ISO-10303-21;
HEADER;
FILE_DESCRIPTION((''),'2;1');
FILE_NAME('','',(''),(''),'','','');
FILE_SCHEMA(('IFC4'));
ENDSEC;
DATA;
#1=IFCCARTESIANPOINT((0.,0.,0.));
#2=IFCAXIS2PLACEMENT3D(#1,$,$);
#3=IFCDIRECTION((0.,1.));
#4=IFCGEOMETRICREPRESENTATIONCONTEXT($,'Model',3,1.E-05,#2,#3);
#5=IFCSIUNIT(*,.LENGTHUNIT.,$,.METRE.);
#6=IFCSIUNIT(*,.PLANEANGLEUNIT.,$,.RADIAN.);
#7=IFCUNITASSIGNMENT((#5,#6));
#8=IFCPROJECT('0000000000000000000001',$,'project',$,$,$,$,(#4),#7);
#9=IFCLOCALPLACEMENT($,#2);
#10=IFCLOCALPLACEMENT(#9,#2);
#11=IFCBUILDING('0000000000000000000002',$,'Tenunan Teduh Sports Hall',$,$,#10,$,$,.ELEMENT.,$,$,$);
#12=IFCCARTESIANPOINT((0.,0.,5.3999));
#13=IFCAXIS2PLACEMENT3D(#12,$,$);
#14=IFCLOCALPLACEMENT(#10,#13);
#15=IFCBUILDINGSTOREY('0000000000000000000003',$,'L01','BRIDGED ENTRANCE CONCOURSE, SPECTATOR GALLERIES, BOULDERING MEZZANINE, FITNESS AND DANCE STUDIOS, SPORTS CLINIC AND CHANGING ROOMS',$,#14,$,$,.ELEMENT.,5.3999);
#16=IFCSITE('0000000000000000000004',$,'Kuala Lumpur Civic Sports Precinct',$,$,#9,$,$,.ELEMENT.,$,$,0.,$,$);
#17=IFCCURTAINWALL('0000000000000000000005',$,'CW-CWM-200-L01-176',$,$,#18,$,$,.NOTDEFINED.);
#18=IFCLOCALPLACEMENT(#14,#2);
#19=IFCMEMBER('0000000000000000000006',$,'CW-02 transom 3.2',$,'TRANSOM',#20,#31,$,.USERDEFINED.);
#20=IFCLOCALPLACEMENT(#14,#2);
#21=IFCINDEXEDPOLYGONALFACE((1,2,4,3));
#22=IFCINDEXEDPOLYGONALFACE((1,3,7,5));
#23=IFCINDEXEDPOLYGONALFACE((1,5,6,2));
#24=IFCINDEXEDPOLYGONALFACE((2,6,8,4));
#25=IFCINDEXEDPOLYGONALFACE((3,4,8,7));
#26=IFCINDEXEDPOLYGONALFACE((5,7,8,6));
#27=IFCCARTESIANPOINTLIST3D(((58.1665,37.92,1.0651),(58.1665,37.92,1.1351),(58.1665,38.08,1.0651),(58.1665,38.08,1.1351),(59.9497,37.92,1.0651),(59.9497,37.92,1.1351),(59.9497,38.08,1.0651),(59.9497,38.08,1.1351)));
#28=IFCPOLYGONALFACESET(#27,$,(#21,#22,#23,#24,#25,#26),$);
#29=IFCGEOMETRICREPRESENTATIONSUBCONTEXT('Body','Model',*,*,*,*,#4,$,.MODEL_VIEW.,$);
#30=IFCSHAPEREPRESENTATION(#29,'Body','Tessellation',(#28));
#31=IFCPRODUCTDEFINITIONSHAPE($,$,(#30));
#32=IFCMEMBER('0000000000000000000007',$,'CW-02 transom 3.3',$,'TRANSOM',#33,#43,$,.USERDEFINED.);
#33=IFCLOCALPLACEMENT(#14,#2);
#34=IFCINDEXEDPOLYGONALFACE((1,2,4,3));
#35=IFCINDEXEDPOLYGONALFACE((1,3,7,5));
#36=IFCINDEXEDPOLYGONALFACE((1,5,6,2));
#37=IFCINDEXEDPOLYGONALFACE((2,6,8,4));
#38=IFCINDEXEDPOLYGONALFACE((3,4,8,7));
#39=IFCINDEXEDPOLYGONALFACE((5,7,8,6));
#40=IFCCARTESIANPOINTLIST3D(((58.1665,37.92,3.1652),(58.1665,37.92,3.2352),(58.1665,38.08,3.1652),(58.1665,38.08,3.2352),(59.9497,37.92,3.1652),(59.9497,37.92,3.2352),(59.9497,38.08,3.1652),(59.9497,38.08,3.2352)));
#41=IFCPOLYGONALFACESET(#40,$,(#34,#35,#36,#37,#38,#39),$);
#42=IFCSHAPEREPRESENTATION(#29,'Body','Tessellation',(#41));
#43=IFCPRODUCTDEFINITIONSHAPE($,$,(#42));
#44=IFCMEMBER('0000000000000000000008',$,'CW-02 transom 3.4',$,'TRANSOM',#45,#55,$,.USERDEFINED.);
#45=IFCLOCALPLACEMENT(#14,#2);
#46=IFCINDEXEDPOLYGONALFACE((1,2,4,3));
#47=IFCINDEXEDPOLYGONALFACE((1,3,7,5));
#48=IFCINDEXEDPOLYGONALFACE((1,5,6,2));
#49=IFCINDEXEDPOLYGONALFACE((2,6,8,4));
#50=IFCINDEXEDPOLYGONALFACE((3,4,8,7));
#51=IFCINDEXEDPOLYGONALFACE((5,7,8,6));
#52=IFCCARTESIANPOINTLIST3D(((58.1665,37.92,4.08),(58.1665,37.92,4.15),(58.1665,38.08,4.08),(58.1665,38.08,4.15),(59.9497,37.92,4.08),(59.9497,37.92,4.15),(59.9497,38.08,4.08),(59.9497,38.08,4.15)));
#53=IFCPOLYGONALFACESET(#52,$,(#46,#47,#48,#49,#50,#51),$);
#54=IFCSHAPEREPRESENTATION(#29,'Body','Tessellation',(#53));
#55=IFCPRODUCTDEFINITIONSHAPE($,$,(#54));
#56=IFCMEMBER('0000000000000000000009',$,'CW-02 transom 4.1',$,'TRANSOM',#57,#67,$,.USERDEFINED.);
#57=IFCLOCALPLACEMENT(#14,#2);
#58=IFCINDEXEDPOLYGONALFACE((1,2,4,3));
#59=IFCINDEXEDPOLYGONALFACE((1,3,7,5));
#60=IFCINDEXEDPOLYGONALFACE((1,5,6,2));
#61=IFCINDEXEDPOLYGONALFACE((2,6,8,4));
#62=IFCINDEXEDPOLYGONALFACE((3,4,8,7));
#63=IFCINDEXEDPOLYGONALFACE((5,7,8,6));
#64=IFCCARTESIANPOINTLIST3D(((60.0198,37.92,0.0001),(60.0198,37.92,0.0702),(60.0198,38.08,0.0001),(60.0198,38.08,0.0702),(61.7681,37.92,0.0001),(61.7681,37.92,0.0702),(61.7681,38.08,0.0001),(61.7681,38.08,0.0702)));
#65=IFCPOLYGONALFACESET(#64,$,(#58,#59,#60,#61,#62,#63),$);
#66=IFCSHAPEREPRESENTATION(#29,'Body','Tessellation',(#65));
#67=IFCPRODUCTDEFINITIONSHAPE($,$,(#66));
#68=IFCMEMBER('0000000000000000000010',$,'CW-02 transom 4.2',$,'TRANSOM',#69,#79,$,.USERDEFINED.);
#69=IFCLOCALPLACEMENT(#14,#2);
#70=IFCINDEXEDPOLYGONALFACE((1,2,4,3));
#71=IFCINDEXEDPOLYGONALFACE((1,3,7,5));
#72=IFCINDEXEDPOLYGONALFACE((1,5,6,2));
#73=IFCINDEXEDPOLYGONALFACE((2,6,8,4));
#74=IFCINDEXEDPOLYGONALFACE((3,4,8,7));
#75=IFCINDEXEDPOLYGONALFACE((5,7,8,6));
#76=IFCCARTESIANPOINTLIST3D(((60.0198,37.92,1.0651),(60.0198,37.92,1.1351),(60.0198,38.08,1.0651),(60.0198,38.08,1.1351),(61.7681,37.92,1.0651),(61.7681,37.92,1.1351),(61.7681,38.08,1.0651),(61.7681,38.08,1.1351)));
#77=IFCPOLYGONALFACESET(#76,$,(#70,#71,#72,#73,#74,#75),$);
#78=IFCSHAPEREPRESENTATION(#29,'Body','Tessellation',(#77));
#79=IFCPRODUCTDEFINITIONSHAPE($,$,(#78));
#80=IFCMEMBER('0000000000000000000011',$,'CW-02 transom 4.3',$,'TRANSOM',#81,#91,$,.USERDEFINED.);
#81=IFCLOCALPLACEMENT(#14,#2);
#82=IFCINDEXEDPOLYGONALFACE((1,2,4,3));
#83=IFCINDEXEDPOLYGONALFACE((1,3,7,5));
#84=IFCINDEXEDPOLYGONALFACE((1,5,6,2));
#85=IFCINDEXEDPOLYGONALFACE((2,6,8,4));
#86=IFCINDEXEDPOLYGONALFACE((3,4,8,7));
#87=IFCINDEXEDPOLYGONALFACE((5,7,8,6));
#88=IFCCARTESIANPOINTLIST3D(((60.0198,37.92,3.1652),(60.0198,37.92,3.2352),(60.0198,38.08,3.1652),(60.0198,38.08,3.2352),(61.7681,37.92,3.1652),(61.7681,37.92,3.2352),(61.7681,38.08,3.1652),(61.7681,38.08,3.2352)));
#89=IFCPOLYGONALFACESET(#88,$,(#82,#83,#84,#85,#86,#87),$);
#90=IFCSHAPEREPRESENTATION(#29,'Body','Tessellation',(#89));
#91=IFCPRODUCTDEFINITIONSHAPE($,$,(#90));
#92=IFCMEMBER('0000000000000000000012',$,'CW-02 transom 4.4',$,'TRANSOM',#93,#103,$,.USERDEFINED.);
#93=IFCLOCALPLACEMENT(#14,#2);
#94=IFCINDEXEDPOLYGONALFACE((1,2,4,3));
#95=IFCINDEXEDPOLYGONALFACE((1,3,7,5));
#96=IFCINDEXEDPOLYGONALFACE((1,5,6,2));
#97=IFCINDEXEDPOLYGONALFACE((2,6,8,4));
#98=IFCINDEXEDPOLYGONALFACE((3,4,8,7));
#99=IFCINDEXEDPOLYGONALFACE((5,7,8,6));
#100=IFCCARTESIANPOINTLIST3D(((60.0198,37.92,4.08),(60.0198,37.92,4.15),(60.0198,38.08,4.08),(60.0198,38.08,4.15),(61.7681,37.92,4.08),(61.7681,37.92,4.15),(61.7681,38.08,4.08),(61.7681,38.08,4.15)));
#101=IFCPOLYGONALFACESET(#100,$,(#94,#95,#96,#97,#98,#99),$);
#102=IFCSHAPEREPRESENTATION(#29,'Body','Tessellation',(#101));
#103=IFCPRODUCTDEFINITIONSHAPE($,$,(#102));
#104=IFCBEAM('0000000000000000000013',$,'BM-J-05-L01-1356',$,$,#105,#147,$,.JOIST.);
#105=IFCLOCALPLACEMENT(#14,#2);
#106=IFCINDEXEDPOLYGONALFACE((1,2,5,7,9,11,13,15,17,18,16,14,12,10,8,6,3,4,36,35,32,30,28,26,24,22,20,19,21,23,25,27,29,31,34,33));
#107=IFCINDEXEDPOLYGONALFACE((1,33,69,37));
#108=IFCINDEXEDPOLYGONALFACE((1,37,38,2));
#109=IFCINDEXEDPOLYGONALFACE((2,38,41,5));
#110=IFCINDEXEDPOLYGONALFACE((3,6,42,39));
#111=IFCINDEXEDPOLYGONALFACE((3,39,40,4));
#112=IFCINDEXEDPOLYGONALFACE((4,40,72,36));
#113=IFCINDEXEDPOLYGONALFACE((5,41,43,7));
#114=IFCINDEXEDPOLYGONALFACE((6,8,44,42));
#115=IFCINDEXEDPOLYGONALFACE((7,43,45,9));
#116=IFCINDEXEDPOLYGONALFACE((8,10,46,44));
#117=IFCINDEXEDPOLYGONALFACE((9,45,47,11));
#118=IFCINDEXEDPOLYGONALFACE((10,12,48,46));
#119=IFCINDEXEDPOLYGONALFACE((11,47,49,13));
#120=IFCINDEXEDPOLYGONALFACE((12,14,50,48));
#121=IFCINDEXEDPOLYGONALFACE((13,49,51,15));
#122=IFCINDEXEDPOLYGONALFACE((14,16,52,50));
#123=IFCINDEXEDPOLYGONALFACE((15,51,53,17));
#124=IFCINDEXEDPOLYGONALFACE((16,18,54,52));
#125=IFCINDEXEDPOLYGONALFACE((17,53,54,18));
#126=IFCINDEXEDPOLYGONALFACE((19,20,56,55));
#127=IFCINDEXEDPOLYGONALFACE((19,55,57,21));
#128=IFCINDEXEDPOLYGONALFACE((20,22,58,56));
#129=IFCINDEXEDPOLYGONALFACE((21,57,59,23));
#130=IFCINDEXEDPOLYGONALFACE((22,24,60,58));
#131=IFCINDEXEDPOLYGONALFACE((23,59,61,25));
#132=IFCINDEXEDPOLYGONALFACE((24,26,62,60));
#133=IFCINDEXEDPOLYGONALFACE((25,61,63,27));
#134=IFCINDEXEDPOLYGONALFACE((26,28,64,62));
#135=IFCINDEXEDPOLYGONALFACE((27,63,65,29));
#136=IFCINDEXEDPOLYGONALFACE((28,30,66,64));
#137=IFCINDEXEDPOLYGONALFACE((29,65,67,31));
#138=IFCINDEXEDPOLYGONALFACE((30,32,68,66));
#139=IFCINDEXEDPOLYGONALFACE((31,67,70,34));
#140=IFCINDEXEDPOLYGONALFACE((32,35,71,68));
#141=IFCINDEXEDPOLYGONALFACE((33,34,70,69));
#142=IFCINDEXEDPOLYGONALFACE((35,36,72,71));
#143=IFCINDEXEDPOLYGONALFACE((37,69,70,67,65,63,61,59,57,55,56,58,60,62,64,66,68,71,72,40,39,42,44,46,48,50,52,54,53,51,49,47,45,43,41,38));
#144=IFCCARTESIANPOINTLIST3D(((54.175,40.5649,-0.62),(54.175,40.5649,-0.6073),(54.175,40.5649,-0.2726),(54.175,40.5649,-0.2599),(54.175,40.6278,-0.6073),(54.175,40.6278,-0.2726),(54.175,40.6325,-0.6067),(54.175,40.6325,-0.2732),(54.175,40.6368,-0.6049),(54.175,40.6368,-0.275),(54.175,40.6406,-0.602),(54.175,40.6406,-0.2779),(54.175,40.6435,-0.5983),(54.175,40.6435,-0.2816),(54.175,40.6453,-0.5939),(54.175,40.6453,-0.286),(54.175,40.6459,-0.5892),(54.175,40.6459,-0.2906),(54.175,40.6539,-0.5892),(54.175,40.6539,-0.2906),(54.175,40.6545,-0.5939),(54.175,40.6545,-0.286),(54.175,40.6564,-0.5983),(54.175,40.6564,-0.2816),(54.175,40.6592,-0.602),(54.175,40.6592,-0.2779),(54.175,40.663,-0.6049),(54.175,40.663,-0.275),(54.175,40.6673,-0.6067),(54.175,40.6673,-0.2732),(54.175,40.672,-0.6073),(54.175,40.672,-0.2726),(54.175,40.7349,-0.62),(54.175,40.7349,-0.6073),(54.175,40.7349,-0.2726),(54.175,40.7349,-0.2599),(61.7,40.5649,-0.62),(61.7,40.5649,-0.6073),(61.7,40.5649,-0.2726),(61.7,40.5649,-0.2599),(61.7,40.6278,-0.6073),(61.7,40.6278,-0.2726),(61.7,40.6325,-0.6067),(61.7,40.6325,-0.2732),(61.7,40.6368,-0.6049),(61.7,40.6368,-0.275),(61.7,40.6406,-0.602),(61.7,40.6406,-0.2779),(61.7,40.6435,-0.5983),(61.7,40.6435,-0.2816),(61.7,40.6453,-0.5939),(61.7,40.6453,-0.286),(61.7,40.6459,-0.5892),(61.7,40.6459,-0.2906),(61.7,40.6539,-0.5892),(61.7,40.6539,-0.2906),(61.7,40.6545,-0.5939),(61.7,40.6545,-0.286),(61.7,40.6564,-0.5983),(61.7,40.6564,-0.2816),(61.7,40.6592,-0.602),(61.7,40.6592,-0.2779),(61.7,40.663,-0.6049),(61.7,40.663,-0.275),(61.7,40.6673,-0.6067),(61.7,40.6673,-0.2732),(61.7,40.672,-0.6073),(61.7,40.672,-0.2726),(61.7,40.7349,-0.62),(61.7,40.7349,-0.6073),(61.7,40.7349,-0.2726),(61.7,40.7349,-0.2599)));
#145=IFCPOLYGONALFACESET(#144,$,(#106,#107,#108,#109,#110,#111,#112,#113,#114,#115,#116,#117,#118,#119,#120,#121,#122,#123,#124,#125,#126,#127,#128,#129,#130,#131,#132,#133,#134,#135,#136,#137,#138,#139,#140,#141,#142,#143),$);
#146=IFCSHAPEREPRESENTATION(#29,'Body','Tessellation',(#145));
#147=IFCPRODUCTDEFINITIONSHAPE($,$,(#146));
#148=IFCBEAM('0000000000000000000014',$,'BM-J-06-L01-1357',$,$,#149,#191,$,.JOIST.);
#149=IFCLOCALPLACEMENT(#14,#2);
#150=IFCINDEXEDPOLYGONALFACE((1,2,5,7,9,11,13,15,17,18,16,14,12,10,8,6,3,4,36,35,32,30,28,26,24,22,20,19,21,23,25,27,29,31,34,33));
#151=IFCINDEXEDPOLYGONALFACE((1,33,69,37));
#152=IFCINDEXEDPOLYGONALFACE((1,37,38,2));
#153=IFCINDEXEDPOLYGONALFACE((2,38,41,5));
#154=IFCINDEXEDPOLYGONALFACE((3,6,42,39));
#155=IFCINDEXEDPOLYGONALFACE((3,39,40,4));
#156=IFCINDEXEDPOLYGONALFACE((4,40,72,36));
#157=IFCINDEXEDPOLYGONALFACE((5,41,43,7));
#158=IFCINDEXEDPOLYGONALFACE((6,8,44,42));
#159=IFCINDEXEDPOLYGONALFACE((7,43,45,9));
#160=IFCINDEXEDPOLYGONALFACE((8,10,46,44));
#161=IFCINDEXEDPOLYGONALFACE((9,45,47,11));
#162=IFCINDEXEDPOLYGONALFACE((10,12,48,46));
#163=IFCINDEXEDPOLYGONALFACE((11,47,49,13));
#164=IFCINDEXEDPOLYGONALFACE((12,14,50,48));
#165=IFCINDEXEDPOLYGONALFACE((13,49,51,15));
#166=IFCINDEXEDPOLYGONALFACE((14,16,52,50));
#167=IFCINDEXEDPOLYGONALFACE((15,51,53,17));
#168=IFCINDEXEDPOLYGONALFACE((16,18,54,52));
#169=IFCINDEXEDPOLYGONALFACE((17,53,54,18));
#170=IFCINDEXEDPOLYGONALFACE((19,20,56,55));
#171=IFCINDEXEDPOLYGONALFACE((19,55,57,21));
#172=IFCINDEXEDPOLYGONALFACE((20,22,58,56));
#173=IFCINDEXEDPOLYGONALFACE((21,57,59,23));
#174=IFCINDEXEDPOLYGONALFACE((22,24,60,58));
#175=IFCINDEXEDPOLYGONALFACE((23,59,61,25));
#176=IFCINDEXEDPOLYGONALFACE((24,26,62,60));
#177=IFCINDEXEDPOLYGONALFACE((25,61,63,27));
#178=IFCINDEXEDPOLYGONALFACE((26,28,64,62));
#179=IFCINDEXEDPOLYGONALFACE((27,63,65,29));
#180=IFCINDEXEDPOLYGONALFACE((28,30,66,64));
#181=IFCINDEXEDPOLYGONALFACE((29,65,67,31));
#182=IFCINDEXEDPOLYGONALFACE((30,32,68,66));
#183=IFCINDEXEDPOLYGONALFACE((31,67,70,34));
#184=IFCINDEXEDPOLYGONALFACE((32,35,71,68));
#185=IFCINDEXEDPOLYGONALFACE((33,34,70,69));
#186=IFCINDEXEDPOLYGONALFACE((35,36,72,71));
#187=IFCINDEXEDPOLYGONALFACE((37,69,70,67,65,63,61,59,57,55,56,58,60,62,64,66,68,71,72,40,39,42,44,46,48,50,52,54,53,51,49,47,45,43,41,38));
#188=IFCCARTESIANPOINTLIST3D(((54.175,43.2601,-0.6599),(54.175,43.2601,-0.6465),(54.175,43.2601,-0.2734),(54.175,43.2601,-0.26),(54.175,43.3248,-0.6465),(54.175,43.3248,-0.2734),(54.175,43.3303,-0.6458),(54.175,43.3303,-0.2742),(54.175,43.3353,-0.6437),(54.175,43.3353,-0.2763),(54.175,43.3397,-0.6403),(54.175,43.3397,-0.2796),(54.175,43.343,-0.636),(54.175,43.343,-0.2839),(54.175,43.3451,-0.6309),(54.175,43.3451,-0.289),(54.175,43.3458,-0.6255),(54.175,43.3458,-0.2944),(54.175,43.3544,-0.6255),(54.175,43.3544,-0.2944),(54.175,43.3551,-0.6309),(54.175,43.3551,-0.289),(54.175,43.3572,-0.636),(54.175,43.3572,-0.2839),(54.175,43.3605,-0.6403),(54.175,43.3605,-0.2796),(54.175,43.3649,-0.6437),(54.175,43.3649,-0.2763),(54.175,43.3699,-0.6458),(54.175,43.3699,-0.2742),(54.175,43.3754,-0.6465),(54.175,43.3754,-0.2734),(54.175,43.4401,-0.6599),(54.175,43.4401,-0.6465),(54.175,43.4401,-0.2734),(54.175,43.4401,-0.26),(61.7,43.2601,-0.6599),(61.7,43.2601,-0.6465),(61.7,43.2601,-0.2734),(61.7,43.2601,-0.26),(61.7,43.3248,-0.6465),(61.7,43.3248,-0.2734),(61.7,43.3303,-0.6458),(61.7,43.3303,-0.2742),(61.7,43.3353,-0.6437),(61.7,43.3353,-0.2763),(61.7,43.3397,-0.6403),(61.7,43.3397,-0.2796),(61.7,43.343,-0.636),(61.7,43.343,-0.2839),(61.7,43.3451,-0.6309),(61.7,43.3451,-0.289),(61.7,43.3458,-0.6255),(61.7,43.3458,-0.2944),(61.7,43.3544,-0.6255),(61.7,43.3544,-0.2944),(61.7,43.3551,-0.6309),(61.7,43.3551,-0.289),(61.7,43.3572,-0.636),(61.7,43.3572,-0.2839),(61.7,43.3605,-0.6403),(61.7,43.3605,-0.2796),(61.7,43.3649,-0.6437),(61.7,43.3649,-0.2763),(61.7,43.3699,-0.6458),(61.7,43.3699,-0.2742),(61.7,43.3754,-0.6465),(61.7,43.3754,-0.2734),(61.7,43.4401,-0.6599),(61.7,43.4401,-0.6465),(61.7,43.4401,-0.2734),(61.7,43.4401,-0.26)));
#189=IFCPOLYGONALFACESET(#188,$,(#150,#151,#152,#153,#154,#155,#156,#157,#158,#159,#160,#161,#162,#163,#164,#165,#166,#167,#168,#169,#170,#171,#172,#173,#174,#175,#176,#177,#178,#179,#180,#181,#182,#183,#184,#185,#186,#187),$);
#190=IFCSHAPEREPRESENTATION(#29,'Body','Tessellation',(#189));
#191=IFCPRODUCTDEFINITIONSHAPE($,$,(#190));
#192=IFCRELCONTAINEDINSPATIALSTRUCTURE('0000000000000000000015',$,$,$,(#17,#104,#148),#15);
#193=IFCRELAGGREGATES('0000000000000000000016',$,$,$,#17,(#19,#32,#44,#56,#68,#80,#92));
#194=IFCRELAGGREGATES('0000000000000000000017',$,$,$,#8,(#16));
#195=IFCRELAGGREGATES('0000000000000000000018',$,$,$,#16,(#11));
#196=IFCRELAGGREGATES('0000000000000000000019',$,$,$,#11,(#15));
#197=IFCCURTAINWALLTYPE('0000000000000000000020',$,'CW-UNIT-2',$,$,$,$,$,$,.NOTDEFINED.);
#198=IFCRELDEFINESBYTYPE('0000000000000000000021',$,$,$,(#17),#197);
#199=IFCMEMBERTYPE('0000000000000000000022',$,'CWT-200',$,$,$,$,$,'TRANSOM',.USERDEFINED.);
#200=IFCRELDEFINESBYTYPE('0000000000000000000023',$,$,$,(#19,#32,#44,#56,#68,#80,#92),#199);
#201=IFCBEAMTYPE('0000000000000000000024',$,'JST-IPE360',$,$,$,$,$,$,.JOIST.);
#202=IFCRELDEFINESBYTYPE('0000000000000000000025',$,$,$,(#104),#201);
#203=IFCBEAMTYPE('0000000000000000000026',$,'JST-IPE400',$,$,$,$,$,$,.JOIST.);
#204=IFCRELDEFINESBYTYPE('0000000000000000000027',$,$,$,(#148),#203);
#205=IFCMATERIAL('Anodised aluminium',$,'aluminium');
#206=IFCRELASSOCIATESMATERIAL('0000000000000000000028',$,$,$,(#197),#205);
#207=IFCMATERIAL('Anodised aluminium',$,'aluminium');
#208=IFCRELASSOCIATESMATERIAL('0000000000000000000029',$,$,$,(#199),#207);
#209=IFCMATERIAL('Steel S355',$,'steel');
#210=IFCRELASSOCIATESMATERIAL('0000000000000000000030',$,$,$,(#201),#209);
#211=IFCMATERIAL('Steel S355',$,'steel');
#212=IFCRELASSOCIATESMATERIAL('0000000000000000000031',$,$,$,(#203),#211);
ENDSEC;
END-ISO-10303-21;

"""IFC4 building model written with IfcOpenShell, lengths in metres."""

from ifc_helpers import new_model, si_unit, direction, frame, origin, origin_2d, place, context, subcontext, project, spatial, rectangle, i_section, extrude, material, material_profile, profile_set, type_object, element, aggregate, save


model = new_model("IFC4")

# Units and contexts
model_context = context("Model", 3, precision=1e-05, world=origin(), true_north=direction((0.0, 1.0)))
body_context = subcontext(model_context, "Body", "Model", "MODEL_VIEW")
ifc_project = project(units=[si_unit("LENGTHUNIT", "METRE"), si_unit("PLANEANGLEUNIT", "RADIAN")], contexts=[model_context])

# Site, building, storey
site_placement = place(None, origin())
site = spatial("IfcSite", under=ifc_project, at=site_placement, Name="Kuala Lumpur Civic Sports Precinct", CompositionType="ELEMENT", RefElevation=0.0)
building_placement = place(site_placement, origin())
building = spatial("IfcBuilding", under=site, at=building_placement, Name="Tenunan Teduh Sports Hall", CompositionType="ELEMENT")
storey_placement = place(building_placement, frame((0.0, 0.0, 5.3999)))
storey = spatial("IfcBuildingStorey", under=building, at=storey_placement, Name="L01", Description="BRIDGED ENTRANCE CONCOURSE, SPECTATOR GALLERIES, BOULDERING MEZZANINE, FITNESS AND DANCE STUDIOS, SPORTS CLINIC AND CHANGING ROOMS", CompositionType="ELEMENT", Elevation=5.3999)

# Curtain wall, members
ifc_material_1 = material(Name="Anodised aluminium", Category="aluminium")
curtain_wall_type = type_object("IfcCurtainWallType", Name="CW-UNIT-2", PredefinedType="NOTDEFINED", material=ifc_material_1)
curtain_wall_placement = place(storey_placement, origin())
curtain_wall = element("IfcCurtainWall", 1, at=curtain_wall_placement, inside=storey, type_object=curtain_wall_type, Name="CW-CWM-200-L01-176", PredefinedType="NOTDEFINED")
ifc_material_2 = material(Name="Anodised aluminium", Category="aluminium")
ifc_material_profile_1 = material_profile(ifc_material_2, rectangle(XDim=0.0701, YDim=0.1599, at=origin_2d()), Name="CWT 70x160")
ifc_profile_set_1 = profile_set([ifc_material_profile_1], Name="Anodised aluminium")
member_type_1 = type_object("IfcMemberType", Name="CWT-200", ElementType="TRANSOM", PredefinedType="USERDEFINED", material=ifc_profile_set_1)
member_1_placement = place(storey_placement, frame((58.1665, 38.0, 1.1001), z_axis=(1.0, 0.0, 0.0), x_axis=(0.0, 0.0, 1.0)))
member_1 = element("IfcMember", 2, at=member_1_placement, type_object=member_type_1, Name="CW-02 transom 3.2", ObjectType="TRANSOM", PredefinedType="USERDEFINED", context=body_context, shape_type="SweptSolid", body=[
    extrude(rectangle(XDim=0.0701, YDim=0.1599, at=origin_2d()), origin(), (0.0, 0.0, 1.0), 1.7832),
])
member_2_placement = place(storey_placement, frame((58.1665, 38.0, 3.2002), z_axis=(1.0, 0.0, 0.0), x_axis=(0.0, 0.0, 1.0)))
member_2 = element("IfcMember", 3, at=member_2_placement, type_object=member_type_1, Name="CW-02 transom 3.3", ObjectType="TRANSOM", PredefinedType="USERDEFINED", context=body_context, shape_type="SweptSolid", body=[
    extrude(rectangle(XDim=0.0701, YDim=0.1599, at=origin_2d()), origin(), (0.0, 0.0, 1.0), 1.7832),
])
member_3_placement = place(storey_placement, frame((58.1665, 38.0, 4.115), z_axis=(1.0, 0.0, 0.0), x_axis=(0.0, 0.0, 1.0)))
member_3 = element("IfcMember", 4, at=member_3_placement, type_object=member_type_1, Name="CW-02 transom 3.4", ObjectType="TRANSOM", PredefinedType="USERDEFINED", context=body_context, shape_type="SweptSolid", body=[
    extrude(rectangle(XDim=0.0701, YDim=0.1599, at=origin_2d()), origin(), (0.0, 0.0, 1.0), 1.7832),
])
member_4_placement = place(storey_placement, frame((60.0198, 38.0, 0.0352), z_axis=(1.0, 0.0, 0.0), x_axis=(0.0, 0.0, 1.0)))
member_4 = element("IfcMember", 5, at=member_4_placement, type_object=member_type_1, Name="CW-02 transom 4.1", ObjectType="TRANSOM", PredefinedType="USERDEFINED", context=body_context, shape_type="SweptSolid", body=[
    extrude(rectangle(XDim=0.0701, YDim=0.1599, at=origin_2d()), origin(), (0.0, 0.0, 1.0), 1.7483),
])
member_5_placement = place(storey_placement, frame((60.0198, 38.0, 1.1001), z_axis=(1.0, 0.0, 0.0), x_axis=(0.0, 0.0, 1.0)))
member_5 = element("IfcMember", 6, at=member_5_placement, type_object=member_type_1, Name="CW-02 transom 4.2", ObjectType="TRANSOM", PredefinedType="USERDEFINED", context=body_context, shape_type="SweptSolid", body=[
    extrude(rectangle(XDim=0.0701, YDim=0.1599, at=origin_2d()), origin(), (0.0, 0.0, 1.0), 1.7483),
])
member_6_placement = place(storey_placement, frame((60.0198, 38.0, 3.2002), z_axis=(1.0, 0.0, 0.0), x_axis=(0.0, 0.0, 1.0)))
member_6 = element("IfcMember", 7, at=member_6_placement, type_object=member_type_1, Name="CW-02 transom 4.3", ObjectType="TRANSOM", PredefinedType="USERDEFINED", context=body_context, shape_type="SweptSolid", body=[
    extrude(rectangle(XDim=0.0701, YDim=0.1599, at=origin_2d()), origin(), (0.0, 0.0, 1.0), 1.7483),
])
member_7_placement = place(storey_placement, frame((60.0198, 38.0, 4.115), z_axis=(1.0, 0.0, 0.0), x_axis=(0.0, 0.0, 1.0)))
member_7 = element("IfcMember", 8, at=member_7_placement, type_object=member_type_1, Name="CW-02 transom 4.4", ObjectType="TRANSOM", PredefinedType="USERDEFINED", context=body_context, shape_type="SweptSolid", body=[
    extrude(rectangle(XDim=0.0701, YDim=0.1599, at=origin_2d()), origin(), (0.0, 0.0, 1.0), 1.7483),
])

# Beams
ifc_material_3 = material(Name="Steel S355", Category="steel")
ifc_material_profile_2 = material_profile(ifc_material_3, i_section(OverallWidth=0.1699, OverallDepth=0.3601, WebThickness=0.0081, FlangeThickness=0.0127, FilletRadius=0.0181, at=origin_2d()), Name="IPE 360")
ifc_profile_set_2 = profile_set([ifc_material_profile_2], Name="Steel S355")
beam_type_1 = type_object("IfcBeamType", Name="JST-IPE360", PredefinedType="JOIST", material=ifc_profile_set_2)
beam_1_placement = place(storey_placement, frame((54.175, 40.6499, -0.4399), z_axis=(1.0, 0.0, 0.0), x_axis=(0.0, 1.0, 0.0)))
element("IfcBeam", 9, at=beam_1_placement, inside=storey, type_object=beam_type_1, Name="BM-J-05-L01-1356", PredefinedType="JOIST", context=body_context, shape_type="SweptSolid", body=[
    extrude(i_section(OverallWidth=0.1699, OverallDepth=0.3601, WebThickness=0.0081, FlangeThickness=0.0127, FilletRadius=0.0181, at=origin_2d()), origin(), (0.0, 0.0, 1.0), 7.5249),
])
ifc_material_4 = material(Name="Steel S355", Category="steel")
ifc_material_profile_3 = material_profile(ifc_material_4, i_section(OverallWidth=0.1799, OverallDepth=0.3999, WebThickness=0.0085, FlangeThickness=0.0134, FilletRadius=0.021, at=origin_2d()), Name="IPE 400")
ifc_profile_set_3 = profile_set([ifc_material_profile_3], Name="Steel S355")
beam_type_2 = type_object("IfcBeamType", Name="JST-IPE400", PredefinedType="JOIST", material=ifc_profile_set_3)
beam_2_placement = place(storey_placement, frame((54.175, 43.3501, -0.46), z_axis=(1.0, 0.0, 0.0), x_axis=(0.0, 1.0, 0.0)))
element("IfcBeam", 10, at=beam_2_placement, inside=storey, type_object=beam_type_2, Name="BM-J-06-L01-1357", PredefinedType="JOIST", context=body_context, shape_type="SweptSolid", body=[
    extrude(i_section(OverallWidth=0.1799, OverallDepth=0.3999, WebThickness=0.0085, FlangeThickness=0.0134, FilletRadius=0.021, at=origin_2d()), origin(), (0.0, 0.0, 1.0), 7.5249),
])

aggregate(curtain_wall, [member_1, member_2, member_3, member_4, member_5, member_6, member_7])

save(model, "model.ifc")
